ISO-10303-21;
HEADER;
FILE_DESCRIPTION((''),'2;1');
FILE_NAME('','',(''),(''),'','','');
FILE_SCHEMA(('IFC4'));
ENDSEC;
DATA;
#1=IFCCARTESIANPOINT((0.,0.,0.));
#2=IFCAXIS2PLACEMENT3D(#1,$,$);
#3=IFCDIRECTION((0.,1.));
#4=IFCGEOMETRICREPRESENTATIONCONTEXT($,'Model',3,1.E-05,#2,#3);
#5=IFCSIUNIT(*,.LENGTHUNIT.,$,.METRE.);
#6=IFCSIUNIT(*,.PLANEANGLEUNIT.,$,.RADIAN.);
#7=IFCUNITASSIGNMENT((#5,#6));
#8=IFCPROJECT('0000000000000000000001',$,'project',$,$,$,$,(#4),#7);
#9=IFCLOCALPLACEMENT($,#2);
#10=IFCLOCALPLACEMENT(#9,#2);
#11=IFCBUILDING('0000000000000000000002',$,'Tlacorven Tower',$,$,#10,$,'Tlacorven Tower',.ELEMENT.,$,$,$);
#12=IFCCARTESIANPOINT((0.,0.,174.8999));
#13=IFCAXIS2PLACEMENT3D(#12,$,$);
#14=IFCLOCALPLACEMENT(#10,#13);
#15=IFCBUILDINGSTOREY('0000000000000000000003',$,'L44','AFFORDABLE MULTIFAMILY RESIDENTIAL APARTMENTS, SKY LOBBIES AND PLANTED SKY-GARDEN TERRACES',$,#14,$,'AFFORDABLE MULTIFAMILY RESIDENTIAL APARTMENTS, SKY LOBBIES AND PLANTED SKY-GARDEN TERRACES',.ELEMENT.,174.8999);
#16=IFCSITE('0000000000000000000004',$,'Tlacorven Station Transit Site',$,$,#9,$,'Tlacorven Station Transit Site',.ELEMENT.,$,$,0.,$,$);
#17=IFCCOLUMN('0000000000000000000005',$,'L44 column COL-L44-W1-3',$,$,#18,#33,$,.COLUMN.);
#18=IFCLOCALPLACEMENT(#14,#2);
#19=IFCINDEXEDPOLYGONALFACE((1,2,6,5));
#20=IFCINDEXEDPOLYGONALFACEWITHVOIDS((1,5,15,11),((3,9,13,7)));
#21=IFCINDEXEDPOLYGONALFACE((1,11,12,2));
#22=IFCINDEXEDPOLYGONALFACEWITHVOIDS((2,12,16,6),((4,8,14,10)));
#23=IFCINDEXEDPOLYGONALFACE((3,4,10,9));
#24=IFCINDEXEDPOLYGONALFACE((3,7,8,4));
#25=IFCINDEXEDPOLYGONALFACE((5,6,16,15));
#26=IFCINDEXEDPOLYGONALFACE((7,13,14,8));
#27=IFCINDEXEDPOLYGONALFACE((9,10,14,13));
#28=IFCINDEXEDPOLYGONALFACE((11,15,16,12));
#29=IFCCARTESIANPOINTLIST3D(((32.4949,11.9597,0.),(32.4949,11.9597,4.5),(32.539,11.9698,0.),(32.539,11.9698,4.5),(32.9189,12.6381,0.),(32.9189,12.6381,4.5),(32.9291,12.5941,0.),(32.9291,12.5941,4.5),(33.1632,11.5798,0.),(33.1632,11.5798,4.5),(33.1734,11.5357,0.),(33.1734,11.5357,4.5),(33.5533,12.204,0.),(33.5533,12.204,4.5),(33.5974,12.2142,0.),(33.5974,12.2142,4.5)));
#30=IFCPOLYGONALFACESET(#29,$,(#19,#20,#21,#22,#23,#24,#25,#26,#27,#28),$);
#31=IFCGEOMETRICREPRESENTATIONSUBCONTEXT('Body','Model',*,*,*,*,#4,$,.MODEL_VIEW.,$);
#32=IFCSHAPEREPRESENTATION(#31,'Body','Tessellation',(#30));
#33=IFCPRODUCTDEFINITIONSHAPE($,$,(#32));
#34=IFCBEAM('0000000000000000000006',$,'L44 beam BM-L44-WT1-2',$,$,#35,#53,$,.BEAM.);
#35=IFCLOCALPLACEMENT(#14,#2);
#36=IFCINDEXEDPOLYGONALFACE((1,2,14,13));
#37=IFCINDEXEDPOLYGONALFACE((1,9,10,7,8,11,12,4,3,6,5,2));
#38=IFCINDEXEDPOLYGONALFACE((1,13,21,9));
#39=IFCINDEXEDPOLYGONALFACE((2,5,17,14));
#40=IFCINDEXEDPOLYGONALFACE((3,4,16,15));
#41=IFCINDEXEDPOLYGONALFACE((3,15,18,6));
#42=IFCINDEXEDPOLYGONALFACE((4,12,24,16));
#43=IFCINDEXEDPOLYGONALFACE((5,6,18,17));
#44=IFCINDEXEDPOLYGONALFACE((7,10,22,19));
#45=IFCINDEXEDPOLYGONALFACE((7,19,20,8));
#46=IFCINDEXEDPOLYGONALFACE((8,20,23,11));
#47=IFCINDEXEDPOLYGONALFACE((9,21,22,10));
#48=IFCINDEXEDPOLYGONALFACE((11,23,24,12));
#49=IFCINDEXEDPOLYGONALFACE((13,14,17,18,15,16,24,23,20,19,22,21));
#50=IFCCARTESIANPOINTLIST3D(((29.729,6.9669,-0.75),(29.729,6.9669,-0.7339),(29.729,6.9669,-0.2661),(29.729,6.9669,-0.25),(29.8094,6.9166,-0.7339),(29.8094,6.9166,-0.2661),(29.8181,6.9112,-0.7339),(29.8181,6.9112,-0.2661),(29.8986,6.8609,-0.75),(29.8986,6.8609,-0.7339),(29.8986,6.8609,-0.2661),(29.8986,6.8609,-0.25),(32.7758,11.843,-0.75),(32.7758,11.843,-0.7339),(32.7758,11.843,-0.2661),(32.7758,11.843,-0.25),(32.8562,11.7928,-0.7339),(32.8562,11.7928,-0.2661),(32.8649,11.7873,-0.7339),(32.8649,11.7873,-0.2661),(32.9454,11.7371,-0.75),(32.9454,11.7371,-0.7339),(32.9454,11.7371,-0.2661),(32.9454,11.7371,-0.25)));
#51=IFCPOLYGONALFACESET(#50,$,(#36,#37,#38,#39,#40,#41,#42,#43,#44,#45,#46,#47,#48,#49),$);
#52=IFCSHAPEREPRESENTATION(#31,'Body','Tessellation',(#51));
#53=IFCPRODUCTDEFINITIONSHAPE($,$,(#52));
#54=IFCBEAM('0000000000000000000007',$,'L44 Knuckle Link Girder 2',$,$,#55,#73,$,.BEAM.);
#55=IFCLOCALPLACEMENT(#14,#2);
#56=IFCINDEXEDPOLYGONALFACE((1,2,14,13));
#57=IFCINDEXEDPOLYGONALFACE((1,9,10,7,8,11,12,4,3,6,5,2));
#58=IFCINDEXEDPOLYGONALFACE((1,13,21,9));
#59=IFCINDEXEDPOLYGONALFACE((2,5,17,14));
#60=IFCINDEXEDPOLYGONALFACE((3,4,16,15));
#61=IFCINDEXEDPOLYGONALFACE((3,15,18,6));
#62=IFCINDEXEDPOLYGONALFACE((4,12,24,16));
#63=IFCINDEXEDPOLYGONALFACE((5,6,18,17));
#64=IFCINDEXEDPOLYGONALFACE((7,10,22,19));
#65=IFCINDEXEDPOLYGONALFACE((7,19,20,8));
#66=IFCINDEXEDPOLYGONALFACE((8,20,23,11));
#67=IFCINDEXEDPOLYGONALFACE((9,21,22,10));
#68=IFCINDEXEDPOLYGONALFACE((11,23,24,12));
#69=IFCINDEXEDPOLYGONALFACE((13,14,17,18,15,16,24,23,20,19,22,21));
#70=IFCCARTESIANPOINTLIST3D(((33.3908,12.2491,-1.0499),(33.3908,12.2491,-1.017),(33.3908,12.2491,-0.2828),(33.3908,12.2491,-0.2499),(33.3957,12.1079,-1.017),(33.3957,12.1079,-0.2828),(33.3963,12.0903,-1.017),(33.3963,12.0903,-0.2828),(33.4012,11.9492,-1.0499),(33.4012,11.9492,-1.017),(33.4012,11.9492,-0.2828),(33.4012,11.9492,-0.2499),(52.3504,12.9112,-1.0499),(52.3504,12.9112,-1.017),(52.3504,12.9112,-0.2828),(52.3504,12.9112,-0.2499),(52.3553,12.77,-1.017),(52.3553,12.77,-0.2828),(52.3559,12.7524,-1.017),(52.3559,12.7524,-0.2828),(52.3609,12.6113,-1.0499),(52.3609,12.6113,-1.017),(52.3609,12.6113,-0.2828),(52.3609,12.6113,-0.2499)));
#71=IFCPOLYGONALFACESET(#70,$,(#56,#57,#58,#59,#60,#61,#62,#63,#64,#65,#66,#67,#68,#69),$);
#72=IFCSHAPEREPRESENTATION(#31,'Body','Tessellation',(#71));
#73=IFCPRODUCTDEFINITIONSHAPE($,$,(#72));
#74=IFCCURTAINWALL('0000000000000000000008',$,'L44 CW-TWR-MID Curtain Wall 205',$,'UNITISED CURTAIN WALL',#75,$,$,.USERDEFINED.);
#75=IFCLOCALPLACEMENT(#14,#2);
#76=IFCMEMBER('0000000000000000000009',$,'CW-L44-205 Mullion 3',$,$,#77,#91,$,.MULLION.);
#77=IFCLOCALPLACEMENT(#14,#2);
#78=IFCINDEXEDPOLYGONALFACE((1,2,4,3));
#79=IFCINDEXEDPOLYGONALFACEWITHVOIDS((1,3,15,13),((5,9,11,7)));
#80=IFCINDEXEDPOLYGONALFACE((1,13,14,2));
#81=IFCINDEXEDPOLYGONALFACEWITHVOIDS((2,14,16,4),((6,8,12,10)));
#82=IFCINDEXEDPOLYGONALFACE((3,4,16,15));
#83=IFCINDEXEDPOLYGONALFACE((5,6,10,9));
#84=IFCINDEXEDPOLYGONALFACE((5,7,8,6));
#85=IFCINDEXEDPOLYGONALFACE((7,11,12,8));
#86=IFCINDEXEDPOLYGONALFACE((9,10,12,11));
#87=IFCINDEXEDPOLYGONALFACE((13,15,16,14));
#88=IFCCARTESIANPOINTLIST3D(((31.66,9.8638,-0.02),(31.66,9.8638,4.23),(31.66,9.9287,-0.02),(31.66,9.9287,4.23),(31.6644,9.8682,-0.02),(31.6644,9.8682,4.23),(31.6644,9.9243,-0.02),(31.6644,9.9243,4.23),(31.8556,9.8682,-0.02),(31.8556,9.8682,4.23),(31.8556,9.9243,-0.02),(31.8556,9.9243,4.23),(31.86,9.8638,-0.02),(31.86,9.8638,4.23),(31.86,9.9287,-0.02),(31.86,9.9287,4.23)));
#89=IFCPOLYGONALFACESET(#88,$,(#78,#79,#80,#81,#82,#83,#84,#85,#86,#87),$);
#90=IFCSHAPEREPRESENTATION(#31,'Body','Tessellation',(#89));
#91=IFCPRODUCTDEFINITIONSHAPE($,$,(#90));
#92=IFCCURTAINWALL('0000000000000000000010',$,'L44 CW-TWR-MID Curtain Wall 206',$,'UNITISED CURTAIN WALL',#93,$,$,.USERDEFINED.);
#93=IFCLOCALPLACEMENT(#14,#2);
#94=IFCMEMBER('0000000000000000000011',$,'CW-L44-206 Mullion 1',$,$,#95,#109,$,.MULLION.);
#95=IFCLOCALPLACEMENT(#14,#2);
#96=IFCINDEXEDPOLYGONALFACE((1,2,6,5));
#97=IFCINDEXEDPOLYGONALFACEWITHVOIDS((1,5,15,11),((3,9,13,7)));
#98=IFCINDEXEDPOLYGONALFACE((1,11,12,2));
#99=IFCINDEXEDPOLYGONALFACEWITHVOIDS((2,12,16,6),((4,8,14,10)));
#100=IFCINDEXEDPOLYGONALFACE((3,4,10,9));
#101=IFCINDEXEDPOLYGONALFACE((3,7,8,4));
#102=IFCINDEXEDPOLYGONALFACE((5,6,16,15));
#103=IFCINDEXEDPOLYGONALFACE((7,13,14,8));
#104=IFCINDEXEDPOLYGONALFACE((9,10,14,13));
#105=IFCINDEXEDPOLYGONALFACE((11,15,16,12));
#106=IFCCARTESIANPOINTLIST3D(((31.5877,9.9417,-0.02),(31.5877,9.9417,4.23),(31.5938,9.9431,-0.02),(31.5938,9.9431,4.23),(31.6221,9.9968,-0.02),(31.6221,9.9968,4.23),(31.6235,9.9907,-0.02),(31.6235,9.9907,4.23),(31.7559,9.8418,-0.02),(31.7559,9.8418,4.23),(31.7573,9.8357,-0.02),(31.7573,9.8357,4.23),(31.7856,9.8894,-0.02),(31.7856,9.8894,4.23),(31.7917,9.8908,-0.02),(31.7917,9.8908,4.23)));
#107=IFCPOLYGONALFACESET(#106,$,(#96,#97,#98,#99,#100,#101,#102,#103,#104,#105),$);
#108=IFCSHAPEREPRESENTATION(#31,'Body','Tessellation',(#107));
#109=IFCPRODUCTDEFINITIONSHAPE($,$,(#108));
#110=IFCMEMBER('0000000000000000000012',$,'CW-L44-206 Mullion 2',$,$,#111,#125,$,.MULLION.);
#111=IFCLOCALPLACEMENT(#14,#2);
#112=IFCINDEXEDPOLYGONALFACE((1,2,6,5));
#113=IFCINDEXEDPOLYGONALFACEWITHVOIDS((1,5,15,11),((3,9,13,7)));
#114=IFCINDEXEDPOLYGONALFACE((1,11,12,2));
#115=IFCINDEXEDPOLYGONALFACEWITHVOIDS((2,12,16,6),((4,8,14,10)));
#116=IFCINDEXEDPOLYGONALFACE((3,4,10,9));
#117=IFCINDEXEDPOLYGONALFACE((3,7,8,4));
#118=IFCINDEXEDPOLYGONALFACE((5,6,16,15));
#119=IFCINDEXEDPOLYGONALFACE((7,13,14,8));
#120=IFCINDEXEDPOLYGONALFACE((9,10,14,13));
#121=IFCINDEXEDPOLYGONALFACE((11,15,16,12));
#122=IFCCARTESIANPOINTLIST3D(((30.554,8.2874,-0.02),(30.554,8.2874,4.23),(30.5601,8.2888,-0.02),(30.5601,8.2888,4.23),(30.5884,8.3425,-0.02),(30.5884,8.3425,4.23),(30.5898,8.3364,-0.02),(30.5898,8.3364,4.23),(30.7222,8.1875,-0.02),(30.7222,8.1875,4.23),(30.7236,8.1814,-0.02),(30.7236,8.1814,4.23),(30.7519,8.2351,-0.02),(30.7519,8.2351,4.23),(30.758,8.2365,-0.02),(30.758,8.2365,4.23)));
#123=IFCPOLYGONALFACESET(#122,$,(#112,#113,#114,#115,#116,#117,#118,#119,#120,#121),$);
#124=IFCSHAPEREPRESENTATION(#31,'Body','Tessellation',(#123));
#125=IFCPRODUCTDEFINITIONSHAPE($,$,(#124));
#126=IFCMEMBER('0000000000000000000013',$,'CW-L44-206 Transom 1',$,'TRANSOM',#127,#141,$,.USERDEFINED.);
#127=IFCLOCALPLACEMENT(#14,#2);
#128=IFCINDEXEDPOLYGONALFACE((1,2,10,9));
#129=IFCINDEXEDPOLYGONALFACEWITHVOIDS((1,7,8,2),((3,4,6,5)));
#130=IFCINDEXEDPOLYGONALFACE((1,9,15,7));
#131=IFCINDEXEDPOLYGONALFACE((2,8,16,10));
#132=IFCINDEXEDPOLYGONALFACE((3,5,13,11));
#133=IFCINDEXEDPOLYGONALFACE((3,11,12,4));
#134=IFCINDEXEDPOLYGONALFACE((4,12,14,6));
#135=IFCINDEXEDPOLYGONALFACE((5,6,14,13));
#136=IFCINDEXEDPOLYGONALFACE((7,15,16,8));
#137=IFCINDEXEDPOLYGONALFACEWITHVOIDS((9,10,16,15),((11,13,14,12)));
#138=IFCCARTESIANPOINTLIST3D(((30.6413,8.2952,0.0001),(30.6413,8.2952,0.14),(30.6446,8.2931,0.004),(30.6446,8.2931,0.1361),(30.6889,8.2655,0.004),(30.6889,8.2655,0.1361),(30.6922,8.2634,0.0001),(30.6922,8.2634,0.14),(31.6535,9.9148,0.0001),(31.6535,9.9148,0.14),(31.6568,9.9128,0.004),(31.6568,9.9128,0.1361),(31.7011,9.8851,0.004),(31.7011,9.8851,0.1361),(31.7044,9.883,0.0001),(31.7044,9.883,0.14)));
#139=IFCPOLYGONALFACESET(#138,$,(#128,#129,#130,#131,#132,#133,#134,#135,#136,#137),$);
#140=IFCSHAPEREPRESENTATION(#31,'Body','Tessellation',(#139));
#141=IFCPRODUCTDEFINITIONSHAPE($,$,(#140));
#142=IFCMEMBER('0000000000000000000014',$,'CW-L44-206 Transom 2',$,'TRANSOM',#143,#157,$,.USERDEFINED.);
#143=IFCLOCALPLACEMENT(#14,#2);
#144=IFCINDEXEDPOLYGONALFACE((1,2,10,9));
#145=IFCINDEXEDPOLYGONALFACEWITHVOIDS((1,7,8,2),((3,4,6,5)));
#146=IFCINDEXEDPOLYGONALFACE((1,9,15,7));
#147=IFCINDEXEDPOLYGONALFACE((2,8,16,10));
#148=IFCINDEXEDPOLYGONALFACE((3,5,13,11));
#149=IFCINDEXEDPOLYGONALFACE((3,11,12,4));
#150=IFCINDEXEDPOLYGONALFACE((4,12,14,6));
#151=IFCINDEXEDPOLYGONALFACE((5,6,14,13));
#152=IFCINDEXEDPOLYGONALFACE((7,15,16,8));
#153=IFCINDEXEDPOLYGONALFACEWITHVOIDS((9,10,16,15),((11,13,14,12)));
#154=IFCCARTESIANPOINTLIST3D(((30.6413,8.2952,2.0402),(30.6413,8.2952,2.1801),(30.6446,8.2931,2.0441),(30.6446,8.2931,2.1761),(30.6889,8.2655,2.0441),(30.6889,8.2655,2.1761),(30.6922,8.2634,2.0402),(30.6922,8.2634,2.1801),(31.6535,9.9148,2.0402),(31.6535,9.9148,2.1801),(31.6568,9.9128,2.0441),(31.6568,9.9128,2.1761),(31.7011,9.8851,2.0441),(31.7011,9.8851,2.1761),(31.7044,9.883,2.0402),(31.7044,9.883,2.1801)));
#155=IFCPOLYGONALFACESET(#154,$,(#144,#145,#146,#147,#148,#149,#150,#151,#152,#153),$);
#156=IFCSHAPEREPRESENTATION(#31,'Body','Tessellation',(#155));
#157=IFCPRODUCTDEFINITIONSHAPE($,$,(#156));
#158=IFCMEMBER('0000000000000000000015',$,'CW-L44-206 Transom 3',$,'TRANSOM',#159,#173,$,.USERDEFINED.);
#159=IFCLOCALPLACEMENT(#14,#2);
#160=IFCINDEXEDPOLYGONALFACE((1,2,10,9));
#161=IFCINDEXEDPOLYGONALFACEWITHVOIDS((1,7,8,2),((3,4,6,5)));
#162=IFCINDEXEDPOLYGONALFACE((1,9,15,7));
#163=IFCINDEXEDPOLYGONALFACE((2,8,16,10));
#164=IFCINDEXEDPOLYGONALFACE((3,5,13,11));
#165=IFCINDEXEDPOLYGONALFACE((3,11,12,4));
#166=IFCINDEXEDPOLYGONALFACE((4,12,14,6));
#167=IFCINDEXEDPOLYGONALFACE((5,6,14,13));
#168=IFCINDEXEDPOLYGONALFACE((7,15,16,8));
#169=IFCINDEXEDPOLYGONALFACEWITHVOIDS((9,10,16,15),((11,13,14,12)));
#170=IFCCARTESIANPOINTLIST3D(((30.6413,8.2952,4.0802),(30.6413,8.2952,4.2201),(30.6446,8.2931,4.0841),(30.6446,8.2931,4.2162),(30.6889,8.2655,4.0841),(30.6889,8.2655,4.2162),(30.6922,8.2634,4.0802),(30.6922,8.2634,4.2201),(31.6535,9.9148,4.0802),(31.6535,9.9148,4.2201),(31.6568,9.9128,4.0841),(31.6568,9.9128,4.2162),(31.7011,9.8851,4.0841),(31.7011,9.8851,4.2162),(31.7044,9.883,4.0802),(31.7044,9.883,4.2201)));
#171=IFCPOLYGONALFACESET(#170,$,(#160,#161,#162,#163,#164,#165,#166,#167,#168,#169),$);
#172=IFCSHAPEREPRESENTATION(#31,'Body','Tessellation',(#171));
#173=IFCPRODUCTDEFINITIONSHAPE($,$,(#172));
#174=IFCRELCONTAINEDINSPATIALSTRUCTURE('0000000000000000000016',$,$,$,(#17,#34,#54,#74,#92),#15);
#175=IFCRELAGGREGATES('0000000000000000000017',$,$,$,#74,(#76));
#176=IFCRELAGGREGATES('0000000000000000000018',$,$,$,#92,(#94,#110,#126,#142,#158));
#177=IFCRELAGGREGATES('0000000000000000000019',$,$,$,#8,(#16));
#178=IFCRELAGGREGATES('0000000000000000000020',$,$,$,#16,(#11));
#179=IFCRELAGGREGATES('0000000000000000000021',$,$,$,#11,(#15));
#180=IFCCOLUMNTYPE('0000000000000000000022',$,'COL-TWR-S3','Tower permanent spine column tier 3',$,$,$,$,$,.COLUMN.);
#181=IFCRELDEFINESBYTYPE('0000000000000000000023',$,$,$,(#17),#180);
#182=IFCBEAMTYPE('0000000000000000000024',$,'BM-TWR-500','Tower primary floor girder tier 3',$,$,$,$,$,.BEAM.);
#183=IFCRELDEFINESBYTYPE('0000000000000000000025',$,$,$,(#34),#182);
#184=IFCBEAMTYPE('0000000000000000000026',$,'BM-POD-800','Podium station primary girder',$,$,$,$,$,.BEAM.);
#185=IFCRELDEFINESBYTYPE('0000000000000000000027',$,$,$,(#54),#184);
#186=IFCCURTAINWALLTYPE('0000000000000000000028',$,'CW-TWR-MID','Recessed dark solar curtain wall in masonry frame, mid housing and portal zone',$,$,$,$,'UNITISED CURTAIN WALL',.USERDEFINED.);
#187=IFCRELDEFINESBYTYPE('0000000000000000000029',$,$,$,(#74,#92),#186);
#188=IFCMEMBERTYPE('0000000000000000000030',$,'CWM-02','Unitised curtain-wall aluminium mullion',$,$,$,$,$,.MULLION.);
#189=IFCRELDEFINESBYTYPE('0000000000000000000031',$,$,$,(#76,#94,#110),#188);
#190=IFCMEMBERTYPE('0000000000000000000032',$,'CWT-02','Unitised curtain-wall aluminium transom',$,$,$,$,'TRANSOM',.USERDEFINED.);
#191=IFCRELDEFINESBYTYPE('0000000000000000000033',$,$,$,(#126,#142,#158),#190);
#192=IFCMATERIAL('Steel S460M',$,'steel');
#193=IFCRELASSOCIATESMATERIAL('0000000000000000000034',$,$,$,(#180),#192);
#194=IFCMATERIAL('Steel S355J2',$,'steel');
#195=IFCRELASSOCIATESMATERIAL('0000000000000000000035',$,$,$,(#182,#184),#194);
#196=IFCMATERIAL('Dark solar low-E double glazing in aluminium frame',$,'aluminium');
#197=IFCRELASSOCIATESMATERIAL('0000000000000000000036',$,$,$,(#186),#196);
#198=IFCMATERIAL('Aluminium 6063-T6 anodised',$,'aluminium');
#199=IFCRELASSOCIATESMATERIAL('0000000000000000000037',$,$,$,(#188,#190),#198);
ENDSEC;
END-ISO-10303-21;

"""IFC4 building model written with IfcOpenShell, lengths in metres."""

from ifc_helpers import new_model, si_unit, direction, frame, origin, origin_2d, place, context, subcontext, project, spatial, hollow_rectangle, i_section, extrude, source, transform, mapped, material, material_profile, profile_set, type_object, element, aggregate, save


model = new_model("IFC4")

# Units and contexts
model_context = context("Model", 3, precision=1e-05, world=origin(), true_north=direction((0.0, 1.0)))
body_context = subcontext(model_context, "Body", "Model", "MODEL_VIEW")
ifc_project = project(units=[si_unit("LENGTHUNIT", "METRE"), si_unit("PLANEANGLEUNIT", "RADIAN")], contexts=[model_context])

# Site, building, storey
site_placement = place(None, origin())
site = spatial("IfcSite", under=ifc_project, at=site_placement, Name="Tlacorven Station Transit Site", LongName="Tlacorven Station Transit Site", CompositionType="ELEMENT", RefElevation=0.0)
building_placement = place(site_placement, origin())
building = spatial("IfcBuilding", under=site, at=building_placement, Name="Tlacorven Tower", LongName="Tlacorven Tower", CompositionType="ELEMENT")
storey_placement = place(building_placement, frame((0.0, 0.0, 174.8999)))
storey = spatial("IfcBuildingStorey", under=building, at=storey_placement, Name="L44", Description="AFFORDABLE MULTIFAMILY RESIDENTIAL APARTMENTS, SKY LOBBIES AND PLANTED SKY-GARDEN TERRACES", LongName="AFFORDABLE MULTIFAMILY RESIDENTIAL APARTMENTS, SKY LOBBIES AND PLANTED SKY-GARDEN TERRACES", CompositionType="ELEMENT", Elevation=174.8999)

# Column
ifc_material_1 = material(Name="Steel S460M", Category="steel")
ifc_material_profile_1 = material_profile(ifc_material_1, hollow_rectangle(XDim=0.8, YDim=0.8, WallThickness=0.032, at=origin_2d()), Name="BOX 800X800X32")
ifc_profile_set_1 = profile_set([ifc_material_profile_1], Name="Steel S460M")
column_type = type_object("IfcColumnType", Name="COL-TWR-S3", Description="Tower permanent spine column tier 3", PredefinedType="COLUMN", material=ifc_profile_set_1)
shared_shape_1 = source(origin(), body_context, "Body", "SweptSolid", [
    extrude(hollow_rectangle(XDim=0.8, YDim=0.8, WallThickness=0.032, at=origin_2d()), origin(), (0.0, 0.0, 1.0), 4.5),
])
column_placement = place(storey_placement, frame((33.0461, 12.0869, 0.0), z_axis=(0.0, 0.0, 1.0), x_axis=(-0.848048, 0.529919, 0.0)))
element("IfcColumn", 1, at=column_placement, inside=storey, type_object=column_type, Name="L44 column COL-L44-W1-3", PredefinedType="COLUMN", context=body_context, shape_type="MappedRepresentation", body=[
    mapped(shared_shape_1, transform((0.0, 0.0, 0.0), scale=1.0)),
])

# Beams
ifc_material_2 = material(Name="Steel S355J2", Category="steel")
ifc_material_profile_2 = material_profile(ifc_material_2, i_section(OverallWidth=0.2, OverallDepth=0.5, WebThickness=0.0103, FlangeThickness=0.0161, at=origin_2d()), Name="IPE 500")
ifc_profile_set_2 = profile_set([ifc_material_profile_2], Name="Steel S355J2")
beam_type_1 = type_object("IfcBeamType", Name="BM-TWR-500", Description="Tower primary floor girder tier 3", PredefinedType="BEAM", material=ifc_profile_set_2)
shared_shape_2 = source(origin(), body_context, "Body", "SweptSolid", [
    extrude(i_section(OverallWidth=0.2, OverallDepth=0.5, WebThickness=0.0103, FlangeThickness=0.0161, at=origin_2d()), origin(), (0.0, 0.0, 1.0), 5.7498),
])
beam_1_placement = place(storey_placement, frame((32.8606, 11.79, -0.5), z_axis=(-0.529904, -0.848058, 0.0), x_axis=(0.848058, -0.529904, 0.0)))
element("IfcBeam", 2, at=beam_1_placement, inside=storey, type_object=beam_type_1, Name="L44 beam BM-L44-WT1-2", PredefinedType="BEAM", context=body_context, shape_type="MappedRepresentation", body=[
    mapped(shared_shape_2, transform((0.0, 0.0, 0.0), scale=1.0)),
])
ifc_material_profile_3 = material_profile(ifc_material_2, i_section(OverallWidth=0.3, OverallDepth=0.8, WebThickness=0.0176, FlangeThickness=0.033, at=origin_2d()), Name="HEB 800")
ifc_profile_set_3 = profile_set([ifc_material_profile_3], Name="Steel S355J2")
beam_type_2 = type_object("IfcBeamType", Name="BM-POD-800", Description="Podium station primary girder", PredefinedType="BEAM", material=ifc_profile_set_3)
shared_shape_3 = source(origin(), body_context, "Body", "SweptSolid", [
    extrude(i_section(OverallWidth=0.3, OverallDepth=0.8, WebThickness=0.0176, FlangeThickness=0.033, at=origin_2d()), origin(), (0.0, 0.0, 1.0), 18.9712),
])
beam_2_placement = place(storey_placement, frame((33.396, 12.0991, -0.6499), z_axis=(0.999391, 0.034901, 0.0), x_axis=(-0.034901, 0.999391, 0.0)))
element("IfcBeam", 3, at=beam_2_placement, inside=storey, type_object=beam_type_2, Name="L44 Knuckle Link Girder 2", PredefinedType="BEAM", context=body_context, shape_type="MappedRepresentation", body=[
    mapped(shared_shape_3, transform((0.0, 0.0, 0.0), scale=1.0)),
])

# Curtain wall, member
ifc_material_3 = material(Name="Dark solar low-E double glazing in aluminium frame", Category="aluminium")
curtain_wall_type = type_object("IfcCurtainWallType", Name="CW-TWR-MID", Description="Recessed dark solar curtain wall in masonry frame, mid housing and portal zone", ElementType="UNITISED CURTAIN WALL", PredefinedType="USERDEFINED", material=ifc_material_3)
curtain_wall_1_placement = place(storey_placement, origin())
curtain_wall_1 = element("IfcCurtainWall", 4, at=curtain_wall_1_placement, inside=storey, type_object=curtain_wall_type, Name="L44 CW-TWR-MID Curtain Wall 205", ObjectType="UNITISED CURTAIN WALL", PredefinedType="USERDEFINED")
ifc_material_4 = material(Name="Aluminium 6063-T6 anodised", Category="aluminium")
ifc_material_profile_4 = material_profile(ifc_material_4, hollow_rectangle(XDim=0.0649, YDim=0.2, WallThickness=0.0044, at=origin_2d()), Name="ALU MULLION 65X200")
ifc_profile_set_4 = profile_set([ifc_material_profile_4], Name="Aluminium 6063-T6 anodised")
member_type_1 = type_object("IfcMemberType", Name="CWM-02", Description="Unitised curtain-wall aluminium mullion", PredefinedType="MULLION", material=ifc_profile_set_4)
shared_shape_4 = source(origin(), body_context, "Body", "SweptSolid", [
    extrude(hollow_rectangle(XDim=0.0649, YDim=0.2, WallThickness=0.0044, at=origin_2d()), origin(), (0.0, 0.0, 1.0), 4.25),
])
member_1_placement = place(storey_placement, frame((31.76, 9.8962, -0.02), z_axis=(0.0, 0.0, 1.0), x_axis=(0.0, 1.0, 0.0)))
member_1 = element("IfcMember", 5, at=member_1_placement, type_object=member_type_1, Name="CW-L44-205 Mullion 3", PredefinedType="MULLION", context=body_context, shape_type="MappedRepresentation", body=[
    mapped(shared_shape_4, transform((0.0, 0.0, 0.0), scale=1.0)),
])

# Curtain wall, members
curtain_wall_2_placement = place(storey_placement, origin())
curtain_wall_2 = element("IfcCurtainWall", 6, at=curtain_wall_2_placement, inside=storey, type_object=curtain_wall_type, Name="L44 CW-TWR-MID Curtain Wall 206", ObjectType="UNITISED CURTAIN WALL", PredefinedType="USERDEFINED")
member_2_placement = place(storey_placement, frame((31.6897, 9.9163, -0.02), z_axis=(0.0, 0.0, 1.0), x_axis=(-0.529919, -0.848048, 0.0)))
member_2 = element("IfcMember", 7, at=member_2_placement, type_object=member_type_1, Name="CW-L44-206 Mullion 1", PredefinedType="MULLION", context=body_context, shape_type="MappedRepresentation", body=[
    mapped(shared_shape_4, transform((0.0, 0.0, 0.0), scale=1.0)),
])
member_3_placement = place(storey_placement, frame((30.656, 8.262, -0.02), z_axis=(0.0, 0.0, 1.0), x_axis=(-0.529919, -0.848048, 0.0)))
member_3 = element("IfcMember", 8, at=member_3_placement, type_object=member_type_1, Name="CW-L44-206 Mullion 2", PredefinedType="MULLION", context=body_context, shape_type="MappedRepresentation", body=[
    mapped(shared_shape_4, transform((0.0, 0.0, 0.0), scale=1.0)),
])
ifc_material_profile_5 = material_profile(ifc_material_4, hollow_rectangle(XDim=0.0601, YDim=0.1399, WallThickness=0.0039, at=origin_2d()), Name="ALU TRANSOM 60X140")
ifc_profile_set_5 = profile_set([ifc_material_profile_5], Name="Aluminium 6063-T6 anodised")
member_type_2 = type_object("IfcMemberType", Name="CWT-02", Description="Unitised curtain-wall aluminium transom", ElementType="TRANSOM", PredefinedType="USERDEFINED", material=ifc_profile_set_5)
shared_shape_5 = source(origin(), body_context, "Body", "SweptSolid", [
    extrude(hollow_rectangle(XDim=0.0601, YDim=0.1399, WallThickness=0.0039, at=origin_2d()), origin(), (0.0, 0.0, 1.0), 1.9099),
])
member_4_placement = place(storey_placement, frame((31.679, 9.8989, 0.0701), z_axis=(-0.529976, -0.848013, 0.0), x_axis=(0.848013, -0.529976, 0.0)))
member_4 = element("IfcMember", 9, at=member_4_placement, type_object=member_type_2, Name="CW-L44-206 Transom 1", ObjectType="TRANSOM", PredefinedType="USERDEFINED", context=body_context, shape_type="MappedRepresentation", body=[
    mapped(shared_shape_5, transform((0.0, 0.0, 0.0), scale=1.0)),
])
member_5_placement = place(storey_placement, frame((31.679, 9.8989, 2.1101), z_axis=(-0.529976, -0.848013, 0.0), x_axis=(0.848013, -0.529976, 0.0)))
member_5 = element("IfcMember", 10, at=member_5_placement, type_object=member_type_2, Name="CW-L44-206 Transom 2", ObjectType="TRANSOM", PredefinedType="USERDEFINED", context=body_context, shape_type="MappedRepresentation", body=[
    mapped(shared_shape_5, transform((0.0, 0.0, 0.0), scale=1.0)),
])
member_6_placement = place(storey_placement, frame((31.679, 9.8989, 4.1501), z_axis=(-0.529976, -0.848013, 0.0), x_axis=(0.848013, -0.529976, 0.0)))
member_6 = element("IfcMember", 11, at=member_6_placement, type_object=member_type_2, Name="CW-L44-206 Transom 3", ObjectType="TRANSOM", PredefinedType="USERDEFINED", context=body_context, shape_type="MappedRepresentation", body=[
    mapped(shared_shape_5, transform((0.0, 0.0, 0.0), scale=1.0)),
])

aggregate(curtain_wall_1, [member_1])
aggregate(curtain_wall_2, [member_2, member_3, member_4, member_5, member_6])

save(model, "model.ifc")
